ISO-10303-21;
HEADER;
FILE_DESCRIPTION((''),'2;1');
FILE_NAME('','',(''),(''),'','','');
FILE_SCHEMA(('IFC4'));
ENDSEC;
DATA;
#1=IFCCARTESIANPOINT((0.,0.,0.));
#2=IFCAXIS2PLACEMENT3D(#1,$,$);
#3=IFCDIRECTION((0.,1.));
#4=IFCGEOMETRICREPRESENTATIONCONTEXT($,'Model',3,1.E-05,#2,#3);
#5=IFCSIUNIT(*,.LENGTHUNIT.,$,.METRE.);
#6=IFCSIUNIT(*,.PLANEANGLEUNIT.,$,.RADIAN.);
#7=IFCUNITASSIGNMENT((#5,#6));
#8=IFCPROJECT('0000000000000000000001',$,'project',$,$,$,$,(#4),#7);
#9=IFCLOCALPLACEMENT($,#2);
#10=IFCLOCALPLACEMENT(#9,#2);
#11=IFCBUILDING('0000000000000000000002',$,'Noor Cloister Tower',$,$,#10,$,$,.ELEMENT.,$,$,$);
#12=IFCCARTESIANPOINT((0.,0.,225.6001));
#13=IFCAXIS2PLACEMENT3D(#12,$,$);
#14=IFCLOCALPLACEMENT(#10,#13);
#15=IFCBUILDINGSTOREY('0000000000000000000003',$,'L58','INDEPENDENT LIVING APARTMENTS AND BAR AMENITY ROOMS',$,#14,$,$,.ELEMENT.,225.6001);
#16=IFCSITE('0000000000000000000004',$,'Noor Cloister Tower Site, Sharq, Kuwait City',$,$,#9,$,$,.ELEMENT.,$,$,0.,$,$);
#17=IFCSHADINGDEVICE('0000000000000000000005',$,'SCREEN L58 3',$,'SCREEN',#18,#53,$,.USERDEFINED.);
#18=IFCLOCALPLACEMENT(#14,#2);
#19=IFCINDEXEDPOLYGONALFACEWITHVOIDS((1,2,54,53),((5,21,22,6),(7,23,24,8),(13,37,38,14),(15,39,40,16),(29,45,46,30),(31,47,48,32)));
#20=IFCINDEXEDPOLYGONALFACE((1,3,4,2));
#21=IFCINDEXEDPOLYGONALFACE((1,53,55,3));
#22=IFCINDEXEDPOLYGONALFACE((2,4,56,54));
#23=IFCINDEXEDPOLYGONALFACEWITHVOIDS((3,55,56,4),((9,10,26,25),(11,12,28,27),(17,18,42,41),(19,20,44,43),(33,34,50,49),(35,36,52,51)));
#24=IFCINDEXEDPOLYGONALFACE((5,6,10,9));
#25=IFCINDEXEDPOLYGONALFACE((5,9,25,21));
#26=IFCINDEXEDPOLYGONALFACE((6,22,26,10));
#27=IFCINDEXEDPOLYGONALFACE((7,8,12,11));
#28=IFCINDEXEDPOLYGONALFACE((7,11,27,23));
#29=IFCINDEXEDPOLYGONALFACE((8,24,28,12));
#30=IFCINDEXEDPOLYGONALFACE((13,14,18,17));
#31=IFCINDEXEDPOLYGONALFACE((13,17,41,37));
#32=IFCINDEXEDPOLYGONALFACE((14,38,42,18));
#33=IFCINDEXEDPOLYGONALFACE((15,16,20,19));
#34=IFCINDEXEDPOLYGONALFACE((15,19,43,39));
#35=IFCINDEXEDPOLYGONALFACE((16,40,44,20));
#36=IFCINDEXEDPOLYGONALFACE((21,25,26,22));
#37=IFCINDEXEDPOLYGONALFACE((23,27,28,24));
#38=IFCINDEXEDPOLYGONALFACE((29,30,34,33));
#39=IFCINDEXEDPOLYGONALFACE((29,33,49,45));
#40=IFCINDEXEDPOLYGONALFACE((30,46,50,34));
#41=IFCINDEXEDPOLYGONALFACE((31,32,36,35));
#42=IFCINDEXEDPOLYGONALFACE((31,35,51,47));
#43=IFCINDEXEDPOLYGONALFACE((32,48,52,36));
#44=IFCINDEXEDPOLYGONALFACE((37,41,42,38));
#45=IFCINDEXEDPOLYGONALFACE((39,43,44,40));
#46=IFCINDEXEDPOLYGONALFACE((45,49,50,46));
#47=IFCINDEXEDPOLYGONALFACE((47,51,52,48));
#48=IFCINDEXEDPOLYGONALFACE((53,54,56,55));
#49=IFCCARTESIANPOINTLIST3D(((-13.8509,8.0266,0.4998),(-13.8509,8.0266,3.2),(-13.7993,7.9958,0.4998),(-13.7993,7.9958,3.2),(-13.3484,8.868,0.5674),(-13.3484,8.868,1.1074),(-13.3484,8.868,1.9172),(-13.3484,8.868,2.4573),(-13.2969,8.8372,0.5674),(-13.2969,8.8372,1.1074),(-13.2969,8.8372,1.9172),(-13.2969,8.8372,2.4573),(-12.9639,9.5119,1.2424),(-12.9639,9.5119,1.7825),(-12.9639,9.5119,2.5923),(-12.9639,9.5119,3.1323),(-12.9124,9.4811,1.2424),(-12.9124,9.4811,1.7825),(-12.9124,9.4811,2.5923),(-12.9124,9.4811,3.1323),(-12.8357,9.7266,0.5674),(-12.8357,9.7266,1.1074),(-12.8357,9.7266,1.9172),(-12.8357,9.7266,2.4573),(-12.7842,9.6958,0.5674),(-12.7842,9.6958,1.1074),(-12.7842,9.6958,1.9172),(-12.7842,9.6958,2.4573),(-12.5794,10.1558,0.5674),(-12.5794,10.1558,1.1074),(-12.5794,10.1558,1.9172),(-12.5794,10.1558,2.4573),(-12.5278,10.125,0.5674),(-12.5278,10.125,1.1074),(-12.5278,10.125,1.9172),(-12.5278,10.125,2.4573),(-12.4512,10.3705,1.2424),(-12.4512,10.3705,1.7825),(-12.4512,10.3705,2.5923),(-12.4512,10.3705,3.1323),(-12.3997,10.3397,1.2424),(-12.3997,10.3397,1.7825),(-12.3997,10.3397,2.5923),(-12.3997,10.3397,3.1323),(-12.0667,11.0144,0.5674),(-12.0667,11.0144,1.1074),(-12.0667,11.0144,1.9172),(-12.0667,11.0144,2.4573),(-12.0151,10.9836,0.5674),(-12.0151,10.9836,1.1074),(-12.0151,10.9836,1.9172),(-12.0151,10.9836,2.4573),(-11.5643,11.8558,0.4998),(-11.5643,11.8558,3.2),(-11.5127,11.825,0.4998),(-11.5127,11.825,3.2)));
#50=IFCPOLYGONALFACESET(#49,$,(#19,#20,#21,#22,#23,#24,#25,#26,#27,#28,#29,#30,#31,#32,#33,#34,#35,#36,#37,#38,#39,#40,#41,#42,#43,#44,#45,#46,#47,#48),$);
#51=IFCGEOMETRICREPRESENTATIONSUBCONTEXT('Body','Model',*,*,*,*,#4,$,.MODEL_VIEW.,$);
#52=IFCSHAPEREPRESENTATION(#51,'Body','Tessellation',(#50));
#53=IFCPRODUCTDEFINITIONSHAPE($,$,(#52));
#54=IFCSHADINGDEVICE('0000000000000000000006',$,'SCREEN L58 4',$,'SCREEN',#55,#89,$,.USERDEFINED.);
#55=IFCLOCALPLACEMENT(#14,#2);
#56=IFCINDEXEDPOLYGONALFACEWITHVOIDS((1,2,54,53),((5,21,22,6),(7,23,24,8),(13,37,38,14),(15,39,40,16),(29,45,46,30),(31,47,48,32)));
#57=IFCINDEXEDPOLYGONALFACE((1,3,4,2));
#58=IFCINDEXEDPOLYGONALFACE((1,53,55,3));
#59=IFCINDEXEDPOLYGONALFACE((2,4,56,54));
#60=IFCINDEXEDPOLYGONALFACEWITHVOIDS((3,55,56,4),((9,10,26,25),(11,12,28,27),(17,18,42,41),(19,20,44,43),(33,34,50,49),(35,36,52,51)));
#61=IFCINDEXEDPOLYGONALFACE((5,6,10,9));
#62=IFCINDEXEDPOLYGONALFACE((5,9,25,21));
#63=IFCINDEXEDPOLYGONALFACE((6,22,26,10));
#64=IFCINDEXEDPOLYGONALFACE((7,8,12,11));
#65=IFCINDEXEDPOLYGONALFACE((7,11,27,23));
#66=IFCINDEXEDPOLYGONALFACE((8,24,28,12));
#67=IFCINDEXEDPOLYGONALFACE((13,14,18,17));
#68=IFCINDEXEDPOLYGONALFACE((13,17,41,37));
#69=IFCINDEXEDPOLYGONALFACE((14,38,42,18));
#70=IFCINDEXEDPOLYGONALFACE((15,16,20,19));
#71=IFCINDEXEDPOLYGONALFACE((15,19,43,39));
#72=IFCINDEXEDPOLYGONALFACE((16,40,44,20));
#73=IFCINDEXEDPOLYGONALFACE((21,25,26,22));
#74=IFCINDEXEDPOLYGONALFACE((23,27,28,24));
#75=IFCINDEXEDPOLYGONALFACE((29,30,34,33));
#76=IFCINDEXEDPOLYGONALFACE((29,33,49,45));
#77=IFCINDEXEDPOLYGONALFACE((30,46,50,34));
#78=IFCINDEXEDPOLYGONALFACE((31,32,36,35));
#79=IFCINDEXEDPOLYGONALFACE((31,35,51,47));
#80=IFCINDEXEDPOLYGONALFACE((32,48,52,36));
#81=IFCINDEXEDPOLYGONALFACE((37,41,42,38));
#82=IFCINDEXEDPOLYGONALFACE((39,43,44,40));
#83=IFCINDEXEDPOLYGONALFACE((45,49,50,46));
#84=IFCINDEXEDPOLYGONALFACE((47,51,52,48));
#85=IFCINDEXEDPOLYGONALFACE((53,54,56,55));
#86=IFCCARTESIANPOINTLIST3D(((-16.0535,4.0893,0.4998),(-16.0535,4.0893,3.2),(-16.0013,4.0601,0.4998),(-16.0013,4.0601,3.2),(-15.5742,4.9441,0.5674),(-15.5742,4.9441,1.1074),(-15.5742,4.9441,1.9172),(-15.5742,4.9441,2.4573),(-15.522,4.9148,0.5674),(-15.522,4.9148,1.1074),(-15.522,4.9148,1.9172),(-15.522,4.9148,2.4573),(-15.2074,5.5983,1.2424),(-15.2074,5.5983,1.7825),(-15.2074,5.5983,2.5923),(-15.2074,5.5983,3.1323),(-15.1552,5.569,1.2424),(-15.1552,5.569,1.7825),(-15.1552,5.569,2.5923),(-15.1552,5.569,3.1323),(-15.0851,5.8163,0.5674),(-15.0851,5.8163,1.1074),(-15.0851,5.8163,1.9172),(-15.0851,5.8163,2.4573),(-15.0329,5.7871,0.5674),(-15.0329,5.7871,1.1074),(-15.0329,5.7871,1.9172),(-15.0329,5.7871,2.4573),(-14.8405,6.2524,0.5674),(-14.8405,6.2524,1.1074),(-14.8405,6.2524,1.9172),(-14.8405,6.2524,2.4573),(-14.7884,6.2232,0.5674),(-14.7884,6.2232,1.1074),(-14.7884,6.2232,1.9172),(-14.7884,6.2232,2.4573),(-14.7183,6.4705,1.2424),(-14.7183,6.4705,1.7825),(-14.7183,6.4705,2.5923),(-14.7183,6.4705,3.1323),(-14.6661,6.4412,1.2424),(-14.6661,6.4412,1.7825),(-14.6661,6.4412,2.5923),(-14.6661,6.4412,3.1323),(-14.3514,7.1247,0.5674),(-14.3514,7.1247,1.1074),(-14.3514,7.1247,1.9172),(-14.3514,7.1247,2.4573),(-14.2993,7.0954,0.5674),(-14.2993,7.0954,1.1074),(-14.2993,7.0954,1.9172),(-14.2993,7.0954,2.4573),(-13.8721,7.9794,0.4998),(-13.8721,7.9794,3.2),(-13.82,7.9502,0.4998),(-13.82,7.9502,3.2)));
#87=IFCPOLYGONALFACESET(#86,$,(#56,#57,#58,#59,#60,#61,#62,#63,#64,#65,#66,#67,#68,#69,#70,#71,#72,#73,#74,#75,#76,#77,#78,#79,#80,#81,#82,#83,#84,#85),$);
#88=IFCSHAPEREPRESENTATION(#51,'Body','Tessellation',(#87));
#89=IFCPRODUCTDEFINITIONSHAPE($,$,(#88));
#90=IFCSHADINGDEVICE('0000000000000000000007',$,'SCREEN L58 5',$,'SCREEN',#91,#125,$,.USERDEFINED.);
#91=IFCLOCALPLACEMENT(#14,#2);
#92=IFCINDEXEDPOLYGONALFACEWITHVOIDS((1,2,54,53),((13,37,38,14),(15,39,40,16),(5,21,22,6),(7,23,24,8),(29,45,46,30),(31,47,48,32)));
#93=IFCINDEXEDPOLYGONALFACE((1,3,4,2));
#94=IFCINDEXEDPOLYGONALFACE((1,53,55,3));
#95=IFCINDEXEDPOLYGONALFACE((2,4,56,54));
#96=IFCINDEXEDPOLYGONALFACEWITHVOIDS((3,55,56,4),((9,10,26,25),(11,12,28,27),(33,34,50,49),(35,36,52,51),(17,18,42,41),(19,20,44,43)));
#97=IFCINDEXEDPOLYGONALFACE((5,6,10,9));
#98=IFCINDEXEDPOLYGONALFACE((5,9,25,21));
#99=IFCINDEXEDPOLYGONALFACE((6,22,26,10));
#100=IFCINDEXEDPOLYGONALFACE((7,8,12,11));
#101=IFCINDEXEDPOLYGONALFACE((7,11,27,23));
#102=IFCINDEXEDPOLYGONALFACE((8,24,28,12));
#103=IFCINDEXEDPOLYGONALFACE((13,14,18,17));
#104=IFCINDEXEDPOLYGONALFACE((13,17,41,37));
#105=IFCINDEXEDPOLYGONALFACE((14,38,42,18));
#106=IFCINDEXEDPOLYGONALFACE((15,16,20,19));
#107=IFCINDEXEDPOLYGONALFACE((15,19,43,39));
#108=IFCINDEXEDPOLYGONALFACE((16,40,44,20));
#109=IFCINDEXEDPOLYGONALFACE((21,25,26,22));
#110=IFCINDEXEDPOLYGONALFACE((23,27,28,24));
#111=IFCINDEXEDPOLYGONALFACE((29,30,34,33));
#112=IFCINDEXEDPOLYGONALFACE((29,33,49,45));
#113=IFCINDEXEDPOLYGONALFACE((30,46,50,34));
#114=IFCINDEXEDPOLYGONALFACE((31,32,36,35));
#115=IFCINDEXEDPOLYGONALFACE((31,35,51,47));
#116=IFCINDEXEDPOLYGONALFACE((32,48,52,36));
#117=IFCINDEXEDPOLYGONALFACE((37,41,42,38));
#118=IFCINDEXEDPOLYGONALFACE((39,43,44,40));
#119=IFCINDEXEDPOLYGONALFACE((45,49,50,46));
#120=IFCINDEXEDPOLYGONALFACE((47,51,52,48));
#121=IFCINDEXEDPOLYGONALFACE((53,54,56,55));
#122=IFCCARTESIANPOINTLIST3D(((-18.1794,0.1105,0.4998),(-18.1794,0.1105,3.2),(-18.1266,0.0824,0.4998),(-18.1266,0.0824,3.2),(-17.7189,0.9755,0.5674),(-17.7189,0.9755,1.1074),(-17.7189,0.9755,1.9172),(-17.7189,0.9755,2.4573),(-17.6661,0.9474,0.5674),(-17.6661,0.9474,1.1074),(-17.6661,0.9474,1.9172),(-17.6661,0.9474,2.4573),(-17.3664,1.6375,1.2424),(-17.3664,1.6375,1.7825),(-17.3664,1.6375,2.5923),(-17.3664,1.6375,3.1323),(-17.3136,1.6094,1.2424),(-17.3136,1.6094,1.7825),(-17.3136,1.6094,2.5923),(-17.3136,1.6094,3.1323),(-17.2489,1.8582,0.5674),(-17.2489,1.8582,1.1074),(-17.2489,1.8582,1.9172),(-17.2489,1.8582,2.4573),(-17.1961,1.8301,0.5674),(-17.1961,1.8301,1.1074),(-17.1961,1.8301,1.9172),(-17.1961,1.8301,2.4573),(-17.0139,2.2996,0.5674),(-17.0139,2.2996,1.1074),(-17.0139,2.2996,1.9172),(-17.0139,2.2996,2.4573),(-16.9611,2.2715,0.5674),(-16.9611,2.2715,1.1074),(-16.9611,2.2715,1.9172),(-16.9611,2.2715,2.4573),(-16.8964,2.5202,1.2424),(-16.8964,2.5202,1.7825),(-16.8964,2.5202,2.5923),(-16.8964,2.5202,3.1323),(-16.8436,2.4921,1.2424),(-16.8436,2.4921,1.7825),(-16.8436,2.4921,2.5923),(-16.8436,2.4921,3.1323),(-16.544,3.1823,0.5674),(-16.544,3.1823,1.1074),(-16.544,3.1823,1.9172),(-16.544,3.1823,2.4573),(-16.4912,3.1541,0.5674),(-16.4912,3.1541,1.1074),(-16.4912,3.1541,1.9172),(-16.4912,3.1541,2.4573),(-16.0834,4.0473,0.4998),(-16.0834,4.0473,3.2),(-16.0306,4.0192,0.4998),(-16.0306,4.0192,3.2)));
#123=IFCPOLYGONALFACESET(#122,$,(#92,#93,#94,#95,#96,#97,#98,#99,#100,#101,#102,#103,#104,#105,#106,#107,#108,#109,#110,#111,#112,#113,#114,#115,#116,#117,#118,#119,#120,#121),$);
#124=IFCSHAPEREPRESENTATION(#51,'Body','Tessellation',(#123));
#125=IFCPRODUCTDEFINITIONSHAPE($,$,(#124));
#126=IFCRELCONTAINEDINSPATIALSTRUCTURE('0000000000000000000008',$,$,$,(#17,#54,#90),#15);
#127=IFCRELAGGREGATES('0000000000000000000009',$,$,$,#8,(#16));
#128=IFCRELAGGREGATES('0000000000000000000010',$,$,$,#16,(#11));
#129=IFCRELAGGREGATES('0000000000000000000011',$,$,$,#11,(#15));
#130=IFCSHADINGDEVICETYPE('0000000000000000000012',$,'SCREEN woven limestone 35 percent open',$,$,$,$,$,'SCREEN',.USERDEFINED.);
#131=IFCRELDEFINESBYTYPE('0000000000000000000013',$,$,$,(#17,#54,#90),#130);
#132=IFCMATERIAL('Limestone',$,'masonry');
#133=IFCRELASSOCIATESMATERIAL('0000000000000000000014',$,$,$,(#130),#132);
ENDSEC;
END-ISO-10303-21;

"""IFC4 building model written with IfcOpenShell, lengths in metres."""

from ifc_helpers import new_model, si_unit, direction, frame, origin, place, context, subcontext, project, spatial, polyline, outline, extrude, material, material_profile, profile_set, type_object, element, save


model = new_model("IFC4")

# Units and contexts
model_context = context("Model", 3, precision=1e-05, world=origin(), true_north=direction((0.0, 1.0)))
body_context = subcontext(model_context, "Body", "Model", "MODEL_VIEW")
ifc_project = project(units=[si_unit("LENGTHUNIT", "METRE"), si_unit("PLANEANGLEUNIT", "RADIAN")], contexts=[model_context])

# Site, building, storey
site_placement = place(None, origin())
site = spatial("IfcSite", under=ifc_project, at=site_placement, Name="Noor Cloister Tower Site, Sharq, Kuwait City", CompositionType="ELEMENT", RefElevation=0.0)
building_placement = place(site_placement, origin())
building = spatial("IfcBuilding", under=site, at=building_placement, Name="Noor Cloister Tower", CompositionType="ELEMENT")
storey_placement = place(building_placement, frame((0.0, 0.0, 225.6001)))
storey = spatial("IfcBuildingStorey", under=building, at=storey_placement, Name="L58", Description="INDEPENDENT LIVING APARTMENTS AND BAR AMENITY ROOMS", CompositionType="ELEMENT", Elevation=225.6001)

# Shading devices
ifc_material_1 = material(Name="Limestone", Category="masonry")
ifc_material_profile_1 = material_profile(ifc_material_1, outline(polyline([(-2.23, -1.3501), (2.23, -1.3501), (2.23, 1.3501), (-2.23, 1.3501), (-2.23, -1.3501)]), holes=[polyline([(-1.25, -1.2825), (-0.25, -1.2825), (-0.25, -0.7424), (-1.25, -0.7424), (-1.25, -1.2825)]), polyline([(0.25, -1.2825), (1.25, -1.2825), (1.25, -0.7424), (0.25, -0.7424), (0.25, -1.2825)]), polyline([(-0.5, -0.6074), (0.5, -0.6074), (0.5, -0.0674), (-0.5, -0.0674), (-0.5, -0.6074)]), polyline([(-1.25, 0.0674), (-0.25, 0.0674), (-0.25, 0.6074), (-1.25, 0.6074), (-1.25, 0.0674)]), polyline([(0.25, 0.0674), (1.25, 0.0674), (1.25, 0.6074), (0.25, 0.6074), (0.25, 0.0674)]), polyline([(-0.5, 0.7424), (0.5, 0.7424), (0.5, 1.2825), (-0.5, 1.2825), (-0.5, 0.7424)])]), Name="Woven screen 35 percent open")
ifc_profile_set_1 = profile_set([ifc_material_profile_1], Name="Limestone")
shading_device_type = type_object("IfcShadingDeviceType", Name="SCREEN woven limestone 35 percent open", ElementType="SCREEN", PredefinedType="USERDEFINED", material=ifc_profile_set_1)
shading_device_placement = place(storey_placement, frame((-12.656, 9.9104, 1.8499), z_axis=(-0.858568, 0.512699, 0.0), x_axis=(-0.512699, -0.858568, 0.0)))
element("IfcShadingDevice", 1, at=shading_device_placement, inside=storey, type_object=shading_device_type, Name="SCREEN L58 3", ObjectType="SCREEN", PredefinedType="USERDEFINED", context=body_context, shape_type="SweptSolid", body=[
    extrude(outline(polyline([(-2.23, -1.3501), (2.23, -1.3501), (2.23, 1.3501), (-2.23, 1.3501), (-2.23, -1.3501)]), holes=[polyline([(-1.25, -1.2825), (-0.25, -1.2825), (-0.25, -0.7424), (-1.25, -0.7424), (-1.25, -1.2825)]), polyline([(0.25, -1.2825), (1.25, -1.2825), (1.25, -0.7424), (0.25, -0.7424), (0.25, -1.2825)]), polyline([(-0.5, -0.6074), (0.5, -0.6074), (0.5, -0.0674), (-0.5, -0.0674), (-0.5, -0.6074)]), polyline([(-1.25, 0.0674), (-0.25, 0.0674), (-0.25, 0.6074), (-1.25, 0.6074), (-1.25, 0.0674)]), polyline([(0.25, 0.0674), (1.25, 0.0674), (1.25, 0.6074), (0.25, 0.6074), (0.25, 0.0674)]), polyline([(-0.5, 0.7424), (0.5, 0.7424), (0.5, 1.2825), (-0.5, 1.2825), (-0.5, 0.7424)])]), origin(), (0.0, 0.0, 1.0), 0.0601),
])
for number, where, z_axis, x_axis, name in (
    (2, (-14.9106, 6.0051, 1.8499), (-0.872228, 0.4891, 0.0), (-0.4891, -0.872228, 0.0), "SCREEN L58 4"),
    (3, (-17.0786, 2.0508, 1.8499), (-0.882692, 0.469952, 0.0), (-0.469952, -0.882692, 0.0), "SCREEN L58 5"),
):
    element("IfcShadingDevice", number, at=place(storey_placement, frame(where, z_axis=z_axis, x_axis=x_axis)), inside=storey, type_object=shading_device_type, Name=name, ObjectType="SCREEN", PredefinedType="USERDEFINED", context=body_context, shape_type="SweptSolid", body=[
        extrude(outline(polyline([(-2.23, -1.3501), (2.23, -1.3501), (2.23, 1.3501), (-2.23, 1.3501), (-2.23, -1.3501)]), holes=[polyline([(-1.25, -1.2825), (-0.25, -1.2825), (-0.25, -0.7424), (-1.25, -0.7424), (-1.25, -1.2825)]), polyline([(0.25, -1.2825), (1.25, -1.2825), (1.25, -0.7424), (0.25, -0.7424), (0.25, -1.2825)]), polyline([(-0.5, -0.6074), (0.5, -0.6074), (0.5, -0.0674), (-0.5, -0.0674), (-0.5, -0.6074)]), polyline([(-1.25, 0.0674), (-0.25, 0.0674), (-0.25, 0.6074), (-1.25, 0.6074), (-1.25, 0.0674)]), polyline([(0.25, 0.0674), (1.25, 0.0674), (1.25, 0.6074), (0.25, 0.6074), (0.25, 0.0674)]), polyline([(-0.5, 0.7424), (0.5, 0.7424), (0.5, 1.2825), (-0.5, 1.2825), (-0.5, 0.7424)])]), origin(), (0.0, 0.0, 1.0), 0.0598),
    ])

save(model, "model.ifc")
